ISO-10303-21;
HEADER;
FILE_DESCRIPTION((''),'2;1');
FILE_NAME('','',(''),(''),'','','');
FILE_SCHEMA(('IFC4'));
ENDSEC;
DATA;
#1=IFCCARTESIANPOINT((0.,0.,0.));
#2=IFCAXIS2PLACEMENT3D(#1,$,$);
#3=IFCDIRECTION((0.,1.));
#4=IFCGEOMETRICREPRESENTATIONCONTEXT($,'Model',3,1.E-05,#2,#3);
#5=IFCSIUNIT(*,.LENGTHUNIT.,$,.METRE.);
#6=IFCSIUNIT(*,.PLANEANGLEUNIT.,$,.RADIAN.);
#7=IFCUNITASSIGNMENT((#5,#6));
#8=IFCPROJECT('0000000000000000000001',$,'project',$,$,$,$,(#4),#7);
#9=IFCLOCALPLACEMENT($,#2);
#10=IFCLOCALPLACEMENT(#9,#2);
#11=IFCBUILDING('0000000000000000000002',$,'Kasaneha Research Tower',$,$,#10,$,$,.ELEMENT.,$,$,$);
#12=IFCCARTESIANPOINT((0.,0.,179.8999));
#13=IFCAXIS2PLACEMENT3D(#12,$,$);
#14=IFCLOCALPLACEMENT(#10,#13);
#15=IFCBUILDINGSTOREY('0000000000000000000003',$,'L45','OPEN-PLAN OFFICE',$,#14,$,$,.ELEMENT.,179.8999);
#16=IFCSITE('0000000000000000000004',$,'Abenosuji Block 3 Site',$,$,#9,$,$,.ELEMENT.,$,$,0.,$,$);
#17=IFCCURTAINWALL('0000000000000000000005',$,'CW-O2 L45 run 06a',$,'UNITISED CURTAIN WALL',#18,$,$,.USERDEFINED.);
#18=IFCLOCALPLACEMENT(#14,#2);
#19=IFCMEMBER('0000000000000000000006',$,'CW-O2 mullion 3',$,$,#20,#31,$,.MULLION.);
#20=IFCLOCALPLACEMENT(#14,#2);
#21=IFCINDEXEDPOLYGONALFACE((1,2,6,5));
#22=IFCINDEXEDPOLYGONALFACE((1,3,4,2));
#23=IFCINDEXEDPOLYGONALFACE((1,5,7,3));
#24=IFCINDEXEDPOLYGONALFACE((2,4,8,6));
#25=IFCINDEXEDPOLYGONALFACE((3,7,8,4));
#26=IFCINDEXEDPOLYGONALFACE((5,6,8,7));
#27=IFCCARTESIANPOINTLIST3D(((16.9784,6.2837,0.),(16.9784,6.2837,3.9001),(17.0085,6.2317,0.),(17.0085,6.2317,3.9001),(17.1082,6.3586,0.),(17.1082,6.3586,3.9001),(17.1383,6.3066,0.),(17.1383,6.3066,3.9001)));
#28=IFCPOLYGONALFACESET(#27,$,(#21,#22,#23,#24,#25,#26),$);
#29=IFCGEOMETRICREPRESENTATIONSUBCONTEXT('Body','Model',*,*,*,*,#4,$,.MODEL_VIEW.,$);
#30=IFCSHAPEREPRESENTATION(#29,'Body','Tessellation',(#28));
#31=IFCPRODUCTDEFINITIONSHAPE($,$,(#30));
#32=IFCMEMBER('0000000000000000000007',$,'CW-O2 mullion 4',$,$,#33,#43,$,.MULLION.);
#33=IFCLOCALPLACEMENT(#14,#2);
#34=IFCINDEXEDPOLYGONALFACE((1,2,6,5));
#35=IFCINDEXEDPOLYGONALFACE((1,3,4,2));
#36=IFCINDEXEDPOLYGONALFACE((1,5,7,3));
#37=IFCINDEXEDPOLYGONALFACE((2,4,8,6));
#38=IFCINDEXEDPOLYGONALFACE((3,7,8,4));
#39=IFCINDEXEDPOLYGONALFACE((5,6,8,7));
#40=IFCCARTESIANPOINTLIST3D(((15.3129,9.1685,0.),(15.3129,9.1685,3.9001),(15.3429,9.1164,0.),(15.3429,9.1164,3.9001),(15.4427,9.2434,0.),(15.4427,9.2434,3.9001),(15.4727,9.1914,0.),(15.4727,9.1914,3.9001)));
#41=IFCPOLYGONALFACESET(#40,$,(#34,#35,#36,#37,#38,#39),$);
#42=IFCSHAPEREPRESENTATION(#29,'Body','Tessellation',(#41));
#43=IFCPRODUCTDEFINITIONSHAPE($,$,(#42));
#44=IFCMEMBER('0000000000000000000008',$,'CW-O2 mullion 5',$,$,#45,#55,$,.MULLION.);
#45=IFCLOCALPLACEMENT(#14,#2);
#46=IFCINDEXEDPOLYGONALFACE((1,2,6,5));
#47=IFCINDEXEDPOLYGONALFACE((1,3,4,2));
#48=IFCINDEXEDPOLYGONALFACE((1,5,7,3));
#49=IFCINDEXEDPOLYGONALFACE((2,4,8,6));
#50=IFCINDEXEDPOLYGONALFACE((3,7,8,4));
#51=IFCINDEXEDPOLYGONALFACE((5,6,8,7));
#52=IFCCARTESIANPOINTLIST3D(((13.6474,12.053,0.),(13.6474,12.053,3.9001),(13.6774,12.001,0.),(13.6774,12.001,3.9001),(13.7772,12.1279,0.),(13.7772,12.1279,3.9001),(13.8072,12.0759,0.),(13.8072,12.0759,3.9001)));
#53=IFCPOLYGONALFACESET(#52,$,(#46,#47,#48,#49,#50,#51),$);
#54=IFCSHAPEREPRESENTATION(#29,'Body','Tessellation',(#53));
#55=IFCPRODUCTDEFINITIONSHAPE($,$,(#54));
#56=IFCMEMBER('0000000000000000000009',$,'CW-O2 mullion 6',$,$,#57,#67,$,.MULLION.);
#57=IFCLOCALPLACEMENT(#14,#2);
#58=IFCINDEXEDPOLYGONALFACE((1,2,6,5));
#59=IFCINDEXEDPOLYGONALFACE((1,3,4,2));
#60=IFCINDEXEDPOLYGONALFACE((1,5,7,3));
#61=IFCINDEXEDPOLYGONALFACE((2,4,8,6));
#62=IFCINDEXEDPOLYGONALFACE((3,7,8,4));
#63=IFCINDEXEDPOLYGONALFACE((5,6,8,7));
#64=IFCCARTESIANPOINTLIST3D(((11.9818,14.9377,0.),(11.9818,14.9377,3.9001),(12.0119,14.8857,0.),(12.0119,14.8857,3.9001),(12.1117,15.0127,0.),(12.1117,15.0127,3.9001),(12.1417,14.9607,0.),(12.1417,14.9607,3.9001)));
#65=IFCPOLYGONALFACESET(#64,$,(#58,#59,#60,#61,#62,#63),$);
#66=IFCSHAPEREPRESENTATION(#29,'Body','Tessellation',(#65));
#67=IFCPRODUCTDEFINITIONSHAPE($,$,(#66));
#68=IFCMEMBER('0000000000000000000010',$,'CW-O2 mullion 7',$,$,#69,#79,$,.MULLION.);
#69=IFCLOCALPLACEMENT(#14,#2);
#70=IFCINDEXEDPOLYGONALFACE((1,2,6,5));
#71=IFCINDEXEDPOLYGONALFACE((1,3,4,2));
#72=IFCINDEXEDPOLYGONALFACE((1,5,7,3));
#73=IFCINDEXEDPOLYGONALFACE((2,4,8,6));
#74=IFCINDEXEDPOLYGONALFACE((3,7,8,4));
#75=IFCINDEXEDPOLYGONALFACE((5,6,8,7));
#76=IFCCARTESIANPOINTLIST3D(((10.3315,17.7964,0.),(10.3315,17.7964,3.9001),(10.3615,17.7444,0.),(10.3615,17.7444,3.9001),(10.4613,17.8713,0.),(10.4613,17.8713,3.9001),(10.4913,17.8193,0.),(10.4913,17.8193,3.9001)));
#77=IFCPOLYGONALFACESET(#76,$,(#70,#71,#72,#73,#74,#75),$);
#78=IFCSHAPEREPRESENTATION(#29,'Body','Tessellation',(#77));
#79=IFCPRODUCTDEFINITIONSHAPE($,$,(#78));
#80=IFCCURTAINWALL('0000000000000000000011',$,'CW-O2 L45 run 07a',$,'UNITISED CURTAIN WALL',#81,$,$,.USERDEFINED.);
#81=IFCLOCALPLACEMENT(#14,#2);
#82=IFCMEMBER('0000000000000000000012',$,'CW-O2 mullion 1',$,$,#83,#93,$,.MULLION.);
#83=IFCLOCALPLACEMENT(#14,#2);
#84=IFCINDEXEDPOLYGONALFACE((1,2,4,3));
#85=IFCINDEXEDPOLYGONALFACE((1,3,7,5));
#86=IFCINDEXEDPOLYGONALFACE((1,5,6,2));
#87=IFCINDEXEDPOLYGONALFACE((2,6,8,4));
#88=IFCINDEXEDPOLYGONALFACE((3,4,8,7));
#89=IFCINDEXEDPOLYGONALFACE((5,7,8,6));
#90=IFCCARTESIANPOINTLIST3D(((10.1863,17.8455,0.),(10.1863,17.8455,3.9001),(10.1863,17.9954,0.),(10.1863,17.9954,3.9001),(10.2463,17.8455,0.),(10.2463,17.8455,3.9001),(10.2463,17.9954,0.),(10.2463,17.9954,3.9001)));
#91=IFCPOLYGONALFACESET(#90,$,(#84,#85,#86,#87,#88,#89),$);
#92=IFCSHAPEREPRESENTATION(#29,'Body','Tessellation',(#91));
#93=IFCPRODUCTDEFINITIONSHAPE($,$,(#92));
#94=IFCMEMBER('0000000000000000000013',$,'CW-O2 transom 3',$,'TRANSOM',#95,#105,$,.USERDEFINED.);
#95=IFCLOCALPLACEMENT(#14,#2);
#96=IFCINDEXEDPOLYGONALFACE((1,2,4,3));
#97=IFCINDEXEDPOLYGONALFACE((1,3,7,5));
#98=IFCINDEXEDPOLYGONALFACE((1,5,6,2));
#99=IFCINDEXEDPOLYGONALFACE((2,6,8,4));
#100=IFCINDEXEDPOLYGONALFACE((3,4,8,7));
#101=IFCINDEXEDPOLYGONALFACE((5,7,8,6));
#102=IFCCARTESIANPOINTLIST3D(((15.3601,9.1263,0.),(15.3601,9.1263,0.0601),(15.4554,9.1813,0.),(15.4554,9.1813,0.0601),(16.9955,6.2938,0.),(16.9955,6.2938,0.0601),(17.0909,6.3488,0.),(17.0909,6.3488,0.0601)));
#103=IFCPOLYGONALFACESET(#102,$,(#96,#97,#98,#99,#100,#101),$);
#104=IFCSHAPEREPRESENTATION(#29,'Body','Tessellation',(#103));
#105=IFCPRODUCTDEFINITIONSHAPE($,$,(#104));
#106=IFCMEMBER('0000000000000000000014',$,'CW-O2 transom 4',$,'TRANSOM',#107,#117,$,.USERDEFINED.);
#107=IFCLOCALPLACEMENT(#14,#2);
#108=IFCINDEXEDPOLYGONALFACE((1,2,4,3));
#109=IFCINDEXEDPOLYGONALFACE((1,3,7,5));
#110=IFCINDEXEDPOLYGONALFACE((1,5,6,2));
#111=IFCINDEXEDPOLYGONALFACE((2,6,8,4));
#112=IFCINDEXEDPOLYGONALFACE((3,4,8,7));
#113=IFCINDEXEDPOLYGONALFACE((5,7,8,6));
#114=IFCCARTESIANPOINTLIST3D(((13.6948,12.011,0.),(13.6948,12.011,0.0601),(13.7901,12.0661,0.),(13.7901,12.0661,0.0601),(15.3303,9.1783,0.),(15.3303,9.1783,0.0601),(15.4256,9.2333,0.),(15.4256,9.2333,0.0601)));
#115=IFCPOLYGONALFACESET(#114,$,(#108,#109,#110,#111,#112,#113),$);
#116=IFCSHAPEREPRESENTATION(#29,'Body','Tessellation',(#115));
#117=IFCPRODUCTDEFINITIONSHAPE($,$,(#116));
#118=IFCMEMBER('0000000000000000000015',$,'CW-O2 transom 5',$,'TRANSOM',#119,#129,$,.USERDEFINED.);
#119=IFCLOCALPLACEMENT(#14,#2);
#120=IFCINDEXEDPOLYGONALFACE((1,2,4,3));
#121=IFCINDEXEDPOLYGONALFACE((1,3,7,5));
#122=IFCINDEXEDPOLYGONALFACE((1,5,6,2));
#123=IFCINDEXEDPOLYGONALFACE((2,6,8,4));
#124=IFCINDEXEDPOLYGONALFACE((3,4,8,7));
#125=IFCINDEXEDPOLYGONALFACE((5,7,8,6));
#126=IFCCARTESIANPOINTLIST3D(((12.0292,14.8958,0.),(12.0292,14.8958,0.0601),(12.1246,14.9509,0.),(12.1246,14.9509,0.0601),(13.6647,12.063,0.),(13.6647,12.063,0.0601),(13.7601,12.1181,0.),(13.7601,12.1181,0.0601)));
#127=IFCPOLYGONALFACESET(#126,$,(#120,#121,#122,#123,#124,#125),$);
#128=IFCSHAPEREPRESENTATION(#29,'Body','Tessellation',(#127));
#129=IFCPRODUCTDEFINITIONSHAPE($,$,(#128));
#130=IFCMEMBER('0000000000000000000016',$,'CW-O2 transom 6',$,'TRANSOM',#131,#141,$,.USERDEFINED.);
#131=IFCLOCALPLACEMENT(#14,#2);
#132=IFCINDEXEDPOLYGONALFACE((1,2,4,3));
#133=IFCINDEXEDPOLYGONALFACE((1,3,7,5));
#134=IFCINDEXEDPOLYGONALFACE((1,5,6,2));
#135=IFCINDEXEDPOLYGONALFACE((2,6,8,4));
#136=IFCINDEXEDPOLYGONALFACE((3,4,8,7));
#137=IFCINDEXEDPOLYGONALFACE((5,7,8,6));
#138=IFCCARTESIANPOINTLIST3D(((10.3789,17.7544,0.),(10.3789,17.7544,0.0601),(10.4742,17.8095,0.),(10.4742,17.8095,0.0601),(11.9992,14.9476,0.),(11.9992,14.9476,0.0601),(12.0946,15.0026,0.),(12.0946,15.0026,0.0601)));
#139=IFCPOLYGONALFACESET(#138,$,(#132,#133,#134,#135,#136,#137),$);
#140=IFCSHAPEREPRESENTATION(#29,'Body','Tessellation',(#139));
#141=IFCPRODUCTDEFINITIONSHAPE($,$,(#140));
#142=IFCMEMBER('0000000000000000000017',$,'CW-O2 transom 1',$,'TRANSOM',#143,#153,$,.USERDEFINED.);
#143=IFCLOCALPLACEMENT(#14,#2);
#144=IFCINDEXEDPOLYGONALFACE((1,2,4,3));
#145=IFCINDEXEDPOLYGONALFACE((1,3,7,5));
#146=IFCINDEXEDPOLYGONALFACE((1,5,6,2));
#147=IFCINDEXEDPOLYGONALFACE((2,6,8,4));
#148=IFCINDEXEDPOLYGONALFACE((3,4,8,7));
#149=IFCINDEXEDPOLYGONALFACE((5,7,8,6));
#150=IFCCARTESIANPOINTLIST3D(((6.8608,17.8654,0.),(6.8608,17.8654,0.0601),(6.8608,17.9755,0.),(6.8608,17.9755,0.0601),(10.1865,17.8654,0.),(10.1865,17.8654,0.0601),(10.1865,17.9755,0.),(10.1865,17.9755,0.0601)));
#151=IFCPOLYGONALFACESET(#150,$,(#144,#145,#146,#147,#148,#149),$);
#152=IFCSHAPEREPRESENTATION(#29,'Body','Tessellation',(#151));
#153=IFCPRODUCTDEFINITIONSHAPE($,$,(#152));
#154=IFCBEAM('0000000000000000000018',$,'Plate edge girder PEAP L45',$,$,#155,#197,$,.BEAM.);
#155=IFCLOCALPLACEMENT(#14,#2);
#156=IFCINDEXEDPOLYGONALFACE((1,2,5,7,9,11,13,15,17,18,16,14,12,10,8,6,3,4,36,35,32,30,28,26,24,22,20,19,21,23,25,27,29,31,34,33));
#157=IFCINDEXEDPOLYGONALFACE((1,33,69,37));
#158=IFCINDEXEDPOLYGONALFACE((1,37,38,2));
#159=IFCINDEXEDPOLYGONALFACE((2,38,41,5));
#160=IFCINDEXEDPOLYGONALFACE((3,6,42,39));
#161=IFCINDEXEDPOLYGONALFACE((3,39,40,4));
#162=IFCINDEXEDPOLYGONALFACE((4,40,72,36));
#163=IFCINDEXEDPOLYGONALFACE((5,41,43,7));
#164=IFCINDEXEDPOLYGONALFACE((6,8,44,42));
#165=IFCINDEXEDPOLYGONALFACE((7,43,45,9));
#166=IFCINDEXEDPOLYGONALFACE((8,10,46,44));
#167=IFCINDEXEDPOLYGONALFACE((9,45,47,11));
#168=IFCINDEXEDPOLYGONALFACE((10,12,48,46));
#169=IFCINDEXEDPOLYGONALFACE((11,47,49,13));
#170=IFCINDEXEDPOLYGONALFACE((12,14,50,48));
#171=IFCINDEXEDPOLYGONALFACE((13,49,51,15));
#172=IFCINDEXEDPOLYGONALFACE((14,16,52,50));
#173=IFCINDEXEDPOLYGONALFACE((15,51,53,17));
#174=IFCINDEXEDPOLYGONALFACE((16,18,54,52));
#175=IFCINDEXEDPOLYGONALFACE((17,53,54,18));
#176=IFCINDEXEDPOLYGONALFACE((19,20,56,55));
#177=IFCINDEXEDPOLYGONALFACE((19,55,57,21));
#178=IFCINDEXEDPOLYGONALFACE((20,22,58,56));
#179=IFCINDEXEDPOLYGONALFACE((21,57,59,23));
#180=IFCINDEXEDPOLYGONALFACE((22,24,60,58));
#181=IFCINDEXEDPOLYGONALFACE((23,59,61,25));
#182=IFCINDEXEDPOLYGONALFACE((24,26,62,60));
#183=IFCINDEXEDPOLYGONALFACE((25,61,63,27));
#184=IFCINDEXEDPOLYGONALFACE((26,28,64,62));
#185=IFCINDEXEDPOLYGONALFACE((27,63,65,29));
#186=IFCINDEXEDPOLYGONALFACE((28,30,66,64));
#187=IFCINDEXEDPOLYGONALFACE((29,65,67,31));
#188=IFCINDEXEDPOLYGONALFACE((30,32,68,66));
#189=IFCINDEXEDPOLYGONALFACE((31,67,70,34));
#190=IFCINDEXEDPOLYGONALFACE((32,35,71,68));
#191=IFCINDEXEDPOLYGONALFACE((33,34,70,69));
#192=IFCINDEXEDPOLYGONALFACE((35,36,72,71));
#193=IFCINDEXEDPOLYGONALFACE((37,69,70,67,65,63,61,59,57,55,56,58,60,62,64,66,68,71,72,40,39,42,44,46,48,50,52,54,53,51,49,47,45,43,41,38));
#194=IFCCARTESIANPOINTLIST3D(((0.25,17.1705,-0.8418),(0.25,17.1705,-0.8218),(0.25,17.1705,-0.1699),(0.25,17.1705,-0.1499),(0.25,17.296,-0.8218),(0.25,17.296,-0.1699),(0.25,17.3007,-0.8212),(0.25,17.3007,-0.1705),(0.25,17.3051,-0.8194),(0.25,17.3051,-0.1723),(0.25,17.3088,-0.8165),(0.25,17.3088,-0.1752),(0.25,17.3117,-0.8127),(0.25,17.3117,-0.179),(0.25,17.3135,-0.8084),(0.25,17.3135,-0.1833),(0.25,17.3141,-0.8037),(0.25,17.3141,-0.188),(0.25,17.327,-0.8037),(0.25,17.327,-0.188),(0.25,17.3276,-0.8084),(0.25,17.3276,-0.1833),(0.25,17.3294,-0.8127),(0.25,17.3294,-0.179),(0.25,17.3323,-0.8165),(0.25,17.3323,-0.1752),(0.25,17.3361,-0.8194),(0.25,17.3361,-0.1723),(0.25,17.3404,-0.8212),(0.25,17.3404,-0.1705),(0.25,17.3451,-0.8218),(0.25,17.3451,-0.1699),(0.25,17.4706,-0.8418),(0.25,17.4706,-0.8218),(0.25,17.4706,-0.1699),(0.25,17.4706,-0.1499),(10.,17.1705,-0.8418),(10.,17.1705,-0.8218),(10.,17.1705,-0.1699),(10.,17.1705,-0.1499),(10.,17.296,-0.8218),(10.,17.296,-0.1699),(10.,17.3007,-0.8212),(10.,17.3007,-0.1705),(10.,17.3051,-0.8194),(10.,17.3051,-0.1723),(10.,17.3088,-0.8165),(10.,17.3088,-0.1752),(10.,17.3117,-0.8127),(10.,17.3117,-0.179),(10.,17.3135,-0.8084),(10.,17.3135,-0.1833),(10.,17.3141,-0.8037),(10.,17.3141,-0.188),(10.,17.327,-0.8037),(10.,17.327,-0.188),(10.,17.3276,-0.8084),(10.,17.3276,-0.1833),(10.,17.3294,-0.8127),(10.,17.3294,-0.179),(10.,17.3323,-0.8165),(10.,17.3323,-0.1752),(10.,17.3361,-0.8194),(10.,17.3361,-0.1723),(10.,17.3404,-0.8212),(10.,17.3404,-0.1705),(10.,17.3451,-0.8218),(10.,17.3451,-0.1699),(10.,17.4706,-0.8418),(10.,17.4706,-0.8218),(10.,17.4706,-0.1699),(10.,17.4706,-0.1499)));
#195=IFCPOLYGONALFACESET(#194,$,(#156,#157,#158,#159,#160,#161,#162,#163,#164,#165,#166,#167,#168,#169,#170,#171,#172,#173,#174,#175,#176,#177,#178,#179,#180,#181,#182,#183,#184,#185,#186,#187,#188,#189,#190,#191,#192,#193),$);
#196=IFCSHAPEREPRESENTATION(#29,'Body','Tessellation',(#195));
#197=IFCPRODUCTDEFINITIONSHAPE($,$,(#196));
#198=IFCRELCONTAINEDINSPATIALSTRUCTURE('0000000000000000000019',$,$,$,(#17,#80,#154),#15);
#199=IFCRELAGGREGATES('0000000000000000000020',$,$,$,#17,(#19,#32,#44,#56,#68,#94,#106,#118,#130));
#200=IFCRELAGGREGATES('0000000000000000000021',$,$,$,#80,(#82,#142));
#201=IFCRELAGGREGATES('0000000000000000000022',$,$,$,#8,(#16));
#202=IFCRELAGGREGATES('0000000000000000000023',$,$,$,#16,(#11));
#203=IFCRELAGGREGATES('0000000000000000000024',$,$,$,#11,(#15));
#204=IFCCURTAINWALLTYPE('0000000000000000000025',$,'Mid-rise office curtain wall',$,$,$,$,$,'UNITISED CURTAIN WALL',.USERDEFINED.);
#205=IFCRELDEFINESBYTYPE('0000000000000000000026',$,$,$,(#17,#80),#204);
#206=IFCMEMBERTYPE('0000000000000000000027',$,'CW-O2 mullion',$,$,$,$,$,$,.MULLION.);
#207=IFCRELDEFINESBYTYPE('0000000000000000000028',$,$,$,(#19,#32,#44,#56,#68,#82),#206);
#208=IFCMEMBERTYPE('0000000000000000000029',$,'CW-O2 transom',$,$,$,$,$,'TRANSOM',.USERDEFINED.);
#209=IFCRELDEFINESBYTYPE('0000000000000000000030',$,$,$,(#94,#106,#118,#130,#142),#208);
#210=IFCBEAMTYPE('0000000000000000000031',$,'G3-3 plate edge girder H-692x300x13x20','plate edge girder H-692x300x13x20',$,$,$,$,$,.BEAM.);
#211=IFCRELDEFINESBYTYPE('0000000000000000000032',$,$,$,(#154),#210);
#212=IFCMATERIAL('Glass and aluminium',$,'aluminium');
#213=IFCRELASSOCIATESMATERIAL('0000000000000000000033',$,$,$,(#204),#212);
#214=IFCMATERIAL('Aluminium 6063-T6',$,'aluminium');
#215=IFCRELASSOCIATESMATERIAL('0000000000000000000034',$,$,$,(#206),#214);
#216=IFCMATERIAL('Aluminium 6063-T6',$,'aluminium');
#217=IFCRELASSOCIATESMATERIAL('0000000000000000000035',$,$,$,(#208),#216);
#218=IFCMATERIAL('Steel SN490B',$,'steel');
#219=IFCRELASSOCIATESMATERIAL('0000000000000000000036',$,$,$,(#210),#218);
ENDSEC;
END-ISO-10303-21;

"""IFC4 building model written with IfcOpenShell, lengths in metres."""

from ifc_helpers import new_model, si_unit, direction, frame, origin, origin_2d, place, context, subcontext, project, spatial, rectangle, i_section, extrude, material, material_profile, profile_set, type_object, element, aggregate, save


model = new_model("IFC4")

# Units and contexts
model_context = context("Model", 3, precision=1e-05, world=origin(), true_north=direction((0.0, 1.0)))
body_context = subcontext(model_context, "Body", "Model", "MODEL_VIEW")
ifc_project = project(units=[si_unit("LENGTHUNIT", "METRE"), si_unit("PLANEANGLEUNIT", "RADIAN")], contexts=[model_context])

# Site, building, storey
site_placement = place(None, origin())
site = spatial("IfcSite", under=ifc_project, at=site_placement, Name="Abenosuji Block 3 Site", CompositionType="ELEMENT", RefElevation=0.0)
building_placement = place(site_placement, origin())
building = spatial("IfcBuilding", under=site, at=building_placement, Name="Kasaneha Research Tower", CompositionType="ELEMENT")
storey_placement = place(building_placement, frame((0.0, 0.0, 179.8999)))
storey = spatial("IfcBuildingStorey", under=building, at=storey_placement, Name="L45", Description="OPEN-PLAN OFFICE", CompositionType="ELEMENT", Elevation=179.8999)

# Curtain wall, members
ifc_material_1 = material(Name="Glass and aluminium", Category="aluminium")
curtain_wall_type = type_object("IfcCurtainWallType", Name="Mid-rise office curtain wall", ElementType="UNITISED CURTAIN WALL", PredefinedType="USERDEFINED", material=ifc_material_1)
curtain_wall_1_placement = place(storey_placement, origin())
curtain_wall_1 = element("IfcCurtainWall", 1, at=curtain_wall_1_placement, inside=storey, type_object=curtain_wall_type, Name="CW-O2 L45 run 06a", ObjectType="UNITISED CURTAIN WALL", PredefinedType="USERDEFINED")
ifc_material_2 = material(Name="Aluminium 6063-T6", Category="aluminium")
ifc_material_profile_1 = material_profile(ifc_material_2, rectangle(XDim=0.0601, YDim=0.1499, at=origin_2d()), Name="CW-O2 mullion 60x150")
ifc_profile_set_1 = profile_set([ifc_material_profile_1], Name="Aluminium 6063-T6")
member_type_1 = type_object("IfcMemberType", Name="CW-O2 mullion", PredefinedType="MULLION", material=ifc_profile_set_1)
member_1_placement = place(storey_placement, frame((17.0583, 6.2952, 0.0), z_axis=(0.0, 0.0, 1.0), x_axis=(-0.5, 0.866025, 0.0)))
member_1 = element("IfcMember", 2, at=member_1_placement, type_object=member_type_1, Name="CW-O2 mullion 3", PredefinedType="MULLION", context=body_context, shape_type="SweptSolid", body=[
    extrude(rectangle(XDim=0.0601, YDim=0.1499, at=origin_2d()), origin(), (0.0, 0.0, 1.0), 3.9001),
])
member_2_placement = place(storey_placement, frame((15.3928, 9.1799, 0.0), z_axis=(0.0, 0.0, 1.0), x_axis=(-0.5, 0.866025, 0.0)))
member_2 = element("IfcMember", 3, at=member_2_placement, type_object=member_type_1, Name="CW-O2 mullion 4", PredefinedType="MULLION", context=body_context, shape_type="SweptSolid", body=[
    extrude(rectangle(XDim=0.0601, YDim=0.1499, at=origin_2d()), origin(), (0.0, 0.0, 1.0), 3.9001),
])
member_3_placement = place(storey_placement, frame((13.7273, 12.0645, 0.0), z_axis=(0.0, 0.0, 1.0), x_axis=(-0.5, 0.866025, 0.0)))
member_3 = element("IfcMember", 4, at=member_3_placement, type_object=member_type_1, Name="CW-O2 mullion 5", PredefinedType="MULLION", context=body_context, shape_type="SweptSolid", body=[
    extrude(rectangle(XDim=0.0601, YDim=0.1499, at=origin_2d()), origin(), (0.0, 0.0, 1.0), 3.9001),
])
member_4_placement = place(storey_placement, frame((12.0618, 14.9492, 0.0), z_axis=(0.0, 0.0, 1.0), x_axis=(-0.5, 0.866025, 0.0)))
member_4 = element("IfcMember", 5, at=member_4_placement, type_object=member_type_1, Name="CW-O2 mullion 6", PredefinedType="MULLION", context=body_context, shape_type="SweptSolid", body=[
    extrude(rectangle(XDim=0.0601, YDim=0.1499, at=origin_2d()), origin(), (0.0, 0.0, 1.0), 3.9001),
])
member_5_placement = place(storey_placement, frame((10.4114, 17.8079, 0.0), z_axis=(0.0, 0.0, 1.0), x_axis=(-0.5, 0.866025, 0.0)))
member_5 = element("IfcMember", 6, at=member_5_placement, type_object=member_type_1, Name="CW-O2 mullion 7", PredefinedType="MULLION", context=body_context, shape_type="SweptSolid", body=[
    extrude(rectangle(XDim=0.0601, YDim=0.1499, at=origin_2d()), origin(), (0.0, 0.0, 1.0), 3.9001),
])

# Curtain wall, member
curtain_wall_2_placement = place(storey_placement, origin())
curtain_wall_2 = element("IfcCurtainWall", 7, at=curtain_wall_2_placement, inside=storey, type_object=curtain_wall_type, Name="CW-O2 L45 run 07a", ObjectType="UNITISED CURTAIN WALL", PredefinedType="USERDEFINED")
member_6_placement = place(storey_placement, frame((10.2163, 17.9204, 0.0), z_axis=(0.0, 0.0, 1.0), x_axis=(-1.0, 0.0, 0.0)))
member_6 = element("IfcMember", 8, at=member_6_placement, type_object=member_type_1, Name="CW-O2 mullion 1", PredefinedType="MULLION", context=body_context, shape_type="SweptSolid", body=[
    extrude(rectangle(XDim=0.0601, YDim=0.1499, at=origin_2d()), origin(), (0.0, 0.0, 1.0), 3.9001),
])

# Members
ifc_material_3 = material(Name="Aluminium 6063-T6", Category="aluminium")
ifc_material_profile_2 = material_profile(ifc_material_3, rectangle(XDim=0.1101, YDim=0.0601, at=origin_2d()), Name="CW-O2 transom 110x60")
ifc_profile_set_2 = profile_set([ifc_material_profile_2], Name="Aluminium 6063-T6")
member_type_2 = type_object("IfcMemberType", Name="CW-O2 transom", ElementType="TRANSOM", PredefinedType="USERDEFINED", material=ifc_profile_set_2)
member_7_placement = place(storey_placement, frame((17.0432, 6.3213, 0.03), z_axis=(-0.500033, 0.866007, 0.0), x_axis=(-0.866007, -0.500033, 0.0)))
member_7 = element("IfcMember", 9, at=member_7_placement, type_object=member_type_2, Name="CW-O2 transom 3", ObjectType="TRANSOM", PredefinedType="USERDEFINED", context=body_context, shape_type="SweptSolid", body=[
    extrude(rectangle(XDim=0.1101, YDim=0.0601, at=origin_2d()), origin(), (0.0, 0.0, 1.0), 3.2708),
])
member_8_placement = place(storey_placement, frame((15.3779, 9.2058, 0.03), z_axis=(-0.5, 0.866025, 0.0), x_axis=(-0.866025, -0.5, 0.0)))
member_8 = element("IfcMember", 10, at=member_8_placement, type_object=member_type_2, Name="CW-O2 transom 4", ObjectType="TRANSOM", PredefinedType="USERDEFINED", context=body_context, shape_type="SweptSolid", body=[
    extrude(rectangle(XDim=0.1101, YDim=0.0601, at=origin_2d()), origin(), (0.0, 0.0, 1.0), 3.271),
])
member_9_placement = place(storey_placement, frame((13.7124, 12.0906, 0.03), z_axis=(-0.5, 0.866025, 0.0), x_axis=(-0.866025, -0.5, 0.0)))
member_9 = element("IfcMember", 11, at=member_9_placement, type_object=member_type_2, Name="CW-O2 transom 5", ObjectType="TRANSOM", PredefinedType="USERDEFINED", context=body_context, shape_type="SweptSolid", body=[
    extrude(rectangle(XDim=0.1101, YDim=0.0601, at=origin_2d()), origin(), (0.0, 0.0, 1.0), 3.271),
])
member_10_placement = place(storey_placement, frame((12.0469, 14.9751, 0.03), z_axis=(-0.499955, 0.866051, 0.0), x_axis=(-0.866051, -0.499955, 0.0)))
member_10 = element("IfcMember", 12, at=member_10_placement, type_object=member_type_2, Name="CW-O2 transom 6", ObjectType="TRANSOM", PredefinedType="USERDEFINED", context=body_context, shape_type="SweptSolid", body=[
    extrude(rectangle(XDim=0.1101, YDim=0.0601, at=origin_2d()), origin(), (0.0, 0.0, 1.0), 3.241),
])
member_11_placement = place(storey_placement, frame((10.1865, 17.9204, 0.03), z_axis=(-1.0, 0.0, 0.0), x_axis=(0.0, -1.0, 0.0)))
member_11 = element("IfcMember", 13, at=member_11_placement, type_object=member_type_2, Name="CW-O2 transom 1", ObjectType="TRANSOM", PredefinedType="USERDEFINED", context=body_context, shape_type="SweptSolid", body=[
    extrude(rectangle(XDim=0.1101, YDim=0.0601, at=origin_2d()), origin(), (0.0, 0.0, 1.0), 3.3257),
])

# Beam
ifc_material_4 = material(Name="Steel SN490B", Category="steel")
ifc_material_profile_3 = material_profile(ifc_material_4, i_section(OverallWidth=0.3, OverallDepth=0.6919, WebThickness=0.0129, FlangeThickness=0.02, FilletRadius=0.0181, at=origin_2d()), Name="H-692x300x13x20")
ifc_profile_set_3 = profile_set([ifc_material_profile_3], Name="Steel SN490B")
beam_type_1 = type_object("IfcBeamType", Name="G3-3 plate edge girder H-692x300x13x20", Description="plate edge girder H-692x300x13x20", PredefinedType="BEAM", material=ifc_profile_set_3)
beam_1_placement = place(storey_placement, frame((10.0, 17.3206, -0.4958), z_axis=(-1.0, 0.0, 0.0), x_axis=(0.0, -1.0, 0.0)))
element("IfcBeam", 14, at=beam_1_placement, inside=storey, type_object=beam_type_1, Name="Plate edge girder PEAP L45", PredefinedType="BEAM", context=body_context, shape_type="SweptSolid", body=[
    extrude(i_section(OverallWidth=0.3, OverallDepth=0.6919, WebThickness=0.0129, FlangeThickness=0.02, FilletRadius=0.0181, at=origin_2d()), origin(), (0.0, 0.0, 1.0), 9.75),
])

aggregate(curtain_wall_1, [member_1, member_2, member_3, member_4, member_5, member_7, member_8, member_9, member_10])
aggregate(curtain_wall_2, [member_6, member_11])

save(model, "model.ifc")
